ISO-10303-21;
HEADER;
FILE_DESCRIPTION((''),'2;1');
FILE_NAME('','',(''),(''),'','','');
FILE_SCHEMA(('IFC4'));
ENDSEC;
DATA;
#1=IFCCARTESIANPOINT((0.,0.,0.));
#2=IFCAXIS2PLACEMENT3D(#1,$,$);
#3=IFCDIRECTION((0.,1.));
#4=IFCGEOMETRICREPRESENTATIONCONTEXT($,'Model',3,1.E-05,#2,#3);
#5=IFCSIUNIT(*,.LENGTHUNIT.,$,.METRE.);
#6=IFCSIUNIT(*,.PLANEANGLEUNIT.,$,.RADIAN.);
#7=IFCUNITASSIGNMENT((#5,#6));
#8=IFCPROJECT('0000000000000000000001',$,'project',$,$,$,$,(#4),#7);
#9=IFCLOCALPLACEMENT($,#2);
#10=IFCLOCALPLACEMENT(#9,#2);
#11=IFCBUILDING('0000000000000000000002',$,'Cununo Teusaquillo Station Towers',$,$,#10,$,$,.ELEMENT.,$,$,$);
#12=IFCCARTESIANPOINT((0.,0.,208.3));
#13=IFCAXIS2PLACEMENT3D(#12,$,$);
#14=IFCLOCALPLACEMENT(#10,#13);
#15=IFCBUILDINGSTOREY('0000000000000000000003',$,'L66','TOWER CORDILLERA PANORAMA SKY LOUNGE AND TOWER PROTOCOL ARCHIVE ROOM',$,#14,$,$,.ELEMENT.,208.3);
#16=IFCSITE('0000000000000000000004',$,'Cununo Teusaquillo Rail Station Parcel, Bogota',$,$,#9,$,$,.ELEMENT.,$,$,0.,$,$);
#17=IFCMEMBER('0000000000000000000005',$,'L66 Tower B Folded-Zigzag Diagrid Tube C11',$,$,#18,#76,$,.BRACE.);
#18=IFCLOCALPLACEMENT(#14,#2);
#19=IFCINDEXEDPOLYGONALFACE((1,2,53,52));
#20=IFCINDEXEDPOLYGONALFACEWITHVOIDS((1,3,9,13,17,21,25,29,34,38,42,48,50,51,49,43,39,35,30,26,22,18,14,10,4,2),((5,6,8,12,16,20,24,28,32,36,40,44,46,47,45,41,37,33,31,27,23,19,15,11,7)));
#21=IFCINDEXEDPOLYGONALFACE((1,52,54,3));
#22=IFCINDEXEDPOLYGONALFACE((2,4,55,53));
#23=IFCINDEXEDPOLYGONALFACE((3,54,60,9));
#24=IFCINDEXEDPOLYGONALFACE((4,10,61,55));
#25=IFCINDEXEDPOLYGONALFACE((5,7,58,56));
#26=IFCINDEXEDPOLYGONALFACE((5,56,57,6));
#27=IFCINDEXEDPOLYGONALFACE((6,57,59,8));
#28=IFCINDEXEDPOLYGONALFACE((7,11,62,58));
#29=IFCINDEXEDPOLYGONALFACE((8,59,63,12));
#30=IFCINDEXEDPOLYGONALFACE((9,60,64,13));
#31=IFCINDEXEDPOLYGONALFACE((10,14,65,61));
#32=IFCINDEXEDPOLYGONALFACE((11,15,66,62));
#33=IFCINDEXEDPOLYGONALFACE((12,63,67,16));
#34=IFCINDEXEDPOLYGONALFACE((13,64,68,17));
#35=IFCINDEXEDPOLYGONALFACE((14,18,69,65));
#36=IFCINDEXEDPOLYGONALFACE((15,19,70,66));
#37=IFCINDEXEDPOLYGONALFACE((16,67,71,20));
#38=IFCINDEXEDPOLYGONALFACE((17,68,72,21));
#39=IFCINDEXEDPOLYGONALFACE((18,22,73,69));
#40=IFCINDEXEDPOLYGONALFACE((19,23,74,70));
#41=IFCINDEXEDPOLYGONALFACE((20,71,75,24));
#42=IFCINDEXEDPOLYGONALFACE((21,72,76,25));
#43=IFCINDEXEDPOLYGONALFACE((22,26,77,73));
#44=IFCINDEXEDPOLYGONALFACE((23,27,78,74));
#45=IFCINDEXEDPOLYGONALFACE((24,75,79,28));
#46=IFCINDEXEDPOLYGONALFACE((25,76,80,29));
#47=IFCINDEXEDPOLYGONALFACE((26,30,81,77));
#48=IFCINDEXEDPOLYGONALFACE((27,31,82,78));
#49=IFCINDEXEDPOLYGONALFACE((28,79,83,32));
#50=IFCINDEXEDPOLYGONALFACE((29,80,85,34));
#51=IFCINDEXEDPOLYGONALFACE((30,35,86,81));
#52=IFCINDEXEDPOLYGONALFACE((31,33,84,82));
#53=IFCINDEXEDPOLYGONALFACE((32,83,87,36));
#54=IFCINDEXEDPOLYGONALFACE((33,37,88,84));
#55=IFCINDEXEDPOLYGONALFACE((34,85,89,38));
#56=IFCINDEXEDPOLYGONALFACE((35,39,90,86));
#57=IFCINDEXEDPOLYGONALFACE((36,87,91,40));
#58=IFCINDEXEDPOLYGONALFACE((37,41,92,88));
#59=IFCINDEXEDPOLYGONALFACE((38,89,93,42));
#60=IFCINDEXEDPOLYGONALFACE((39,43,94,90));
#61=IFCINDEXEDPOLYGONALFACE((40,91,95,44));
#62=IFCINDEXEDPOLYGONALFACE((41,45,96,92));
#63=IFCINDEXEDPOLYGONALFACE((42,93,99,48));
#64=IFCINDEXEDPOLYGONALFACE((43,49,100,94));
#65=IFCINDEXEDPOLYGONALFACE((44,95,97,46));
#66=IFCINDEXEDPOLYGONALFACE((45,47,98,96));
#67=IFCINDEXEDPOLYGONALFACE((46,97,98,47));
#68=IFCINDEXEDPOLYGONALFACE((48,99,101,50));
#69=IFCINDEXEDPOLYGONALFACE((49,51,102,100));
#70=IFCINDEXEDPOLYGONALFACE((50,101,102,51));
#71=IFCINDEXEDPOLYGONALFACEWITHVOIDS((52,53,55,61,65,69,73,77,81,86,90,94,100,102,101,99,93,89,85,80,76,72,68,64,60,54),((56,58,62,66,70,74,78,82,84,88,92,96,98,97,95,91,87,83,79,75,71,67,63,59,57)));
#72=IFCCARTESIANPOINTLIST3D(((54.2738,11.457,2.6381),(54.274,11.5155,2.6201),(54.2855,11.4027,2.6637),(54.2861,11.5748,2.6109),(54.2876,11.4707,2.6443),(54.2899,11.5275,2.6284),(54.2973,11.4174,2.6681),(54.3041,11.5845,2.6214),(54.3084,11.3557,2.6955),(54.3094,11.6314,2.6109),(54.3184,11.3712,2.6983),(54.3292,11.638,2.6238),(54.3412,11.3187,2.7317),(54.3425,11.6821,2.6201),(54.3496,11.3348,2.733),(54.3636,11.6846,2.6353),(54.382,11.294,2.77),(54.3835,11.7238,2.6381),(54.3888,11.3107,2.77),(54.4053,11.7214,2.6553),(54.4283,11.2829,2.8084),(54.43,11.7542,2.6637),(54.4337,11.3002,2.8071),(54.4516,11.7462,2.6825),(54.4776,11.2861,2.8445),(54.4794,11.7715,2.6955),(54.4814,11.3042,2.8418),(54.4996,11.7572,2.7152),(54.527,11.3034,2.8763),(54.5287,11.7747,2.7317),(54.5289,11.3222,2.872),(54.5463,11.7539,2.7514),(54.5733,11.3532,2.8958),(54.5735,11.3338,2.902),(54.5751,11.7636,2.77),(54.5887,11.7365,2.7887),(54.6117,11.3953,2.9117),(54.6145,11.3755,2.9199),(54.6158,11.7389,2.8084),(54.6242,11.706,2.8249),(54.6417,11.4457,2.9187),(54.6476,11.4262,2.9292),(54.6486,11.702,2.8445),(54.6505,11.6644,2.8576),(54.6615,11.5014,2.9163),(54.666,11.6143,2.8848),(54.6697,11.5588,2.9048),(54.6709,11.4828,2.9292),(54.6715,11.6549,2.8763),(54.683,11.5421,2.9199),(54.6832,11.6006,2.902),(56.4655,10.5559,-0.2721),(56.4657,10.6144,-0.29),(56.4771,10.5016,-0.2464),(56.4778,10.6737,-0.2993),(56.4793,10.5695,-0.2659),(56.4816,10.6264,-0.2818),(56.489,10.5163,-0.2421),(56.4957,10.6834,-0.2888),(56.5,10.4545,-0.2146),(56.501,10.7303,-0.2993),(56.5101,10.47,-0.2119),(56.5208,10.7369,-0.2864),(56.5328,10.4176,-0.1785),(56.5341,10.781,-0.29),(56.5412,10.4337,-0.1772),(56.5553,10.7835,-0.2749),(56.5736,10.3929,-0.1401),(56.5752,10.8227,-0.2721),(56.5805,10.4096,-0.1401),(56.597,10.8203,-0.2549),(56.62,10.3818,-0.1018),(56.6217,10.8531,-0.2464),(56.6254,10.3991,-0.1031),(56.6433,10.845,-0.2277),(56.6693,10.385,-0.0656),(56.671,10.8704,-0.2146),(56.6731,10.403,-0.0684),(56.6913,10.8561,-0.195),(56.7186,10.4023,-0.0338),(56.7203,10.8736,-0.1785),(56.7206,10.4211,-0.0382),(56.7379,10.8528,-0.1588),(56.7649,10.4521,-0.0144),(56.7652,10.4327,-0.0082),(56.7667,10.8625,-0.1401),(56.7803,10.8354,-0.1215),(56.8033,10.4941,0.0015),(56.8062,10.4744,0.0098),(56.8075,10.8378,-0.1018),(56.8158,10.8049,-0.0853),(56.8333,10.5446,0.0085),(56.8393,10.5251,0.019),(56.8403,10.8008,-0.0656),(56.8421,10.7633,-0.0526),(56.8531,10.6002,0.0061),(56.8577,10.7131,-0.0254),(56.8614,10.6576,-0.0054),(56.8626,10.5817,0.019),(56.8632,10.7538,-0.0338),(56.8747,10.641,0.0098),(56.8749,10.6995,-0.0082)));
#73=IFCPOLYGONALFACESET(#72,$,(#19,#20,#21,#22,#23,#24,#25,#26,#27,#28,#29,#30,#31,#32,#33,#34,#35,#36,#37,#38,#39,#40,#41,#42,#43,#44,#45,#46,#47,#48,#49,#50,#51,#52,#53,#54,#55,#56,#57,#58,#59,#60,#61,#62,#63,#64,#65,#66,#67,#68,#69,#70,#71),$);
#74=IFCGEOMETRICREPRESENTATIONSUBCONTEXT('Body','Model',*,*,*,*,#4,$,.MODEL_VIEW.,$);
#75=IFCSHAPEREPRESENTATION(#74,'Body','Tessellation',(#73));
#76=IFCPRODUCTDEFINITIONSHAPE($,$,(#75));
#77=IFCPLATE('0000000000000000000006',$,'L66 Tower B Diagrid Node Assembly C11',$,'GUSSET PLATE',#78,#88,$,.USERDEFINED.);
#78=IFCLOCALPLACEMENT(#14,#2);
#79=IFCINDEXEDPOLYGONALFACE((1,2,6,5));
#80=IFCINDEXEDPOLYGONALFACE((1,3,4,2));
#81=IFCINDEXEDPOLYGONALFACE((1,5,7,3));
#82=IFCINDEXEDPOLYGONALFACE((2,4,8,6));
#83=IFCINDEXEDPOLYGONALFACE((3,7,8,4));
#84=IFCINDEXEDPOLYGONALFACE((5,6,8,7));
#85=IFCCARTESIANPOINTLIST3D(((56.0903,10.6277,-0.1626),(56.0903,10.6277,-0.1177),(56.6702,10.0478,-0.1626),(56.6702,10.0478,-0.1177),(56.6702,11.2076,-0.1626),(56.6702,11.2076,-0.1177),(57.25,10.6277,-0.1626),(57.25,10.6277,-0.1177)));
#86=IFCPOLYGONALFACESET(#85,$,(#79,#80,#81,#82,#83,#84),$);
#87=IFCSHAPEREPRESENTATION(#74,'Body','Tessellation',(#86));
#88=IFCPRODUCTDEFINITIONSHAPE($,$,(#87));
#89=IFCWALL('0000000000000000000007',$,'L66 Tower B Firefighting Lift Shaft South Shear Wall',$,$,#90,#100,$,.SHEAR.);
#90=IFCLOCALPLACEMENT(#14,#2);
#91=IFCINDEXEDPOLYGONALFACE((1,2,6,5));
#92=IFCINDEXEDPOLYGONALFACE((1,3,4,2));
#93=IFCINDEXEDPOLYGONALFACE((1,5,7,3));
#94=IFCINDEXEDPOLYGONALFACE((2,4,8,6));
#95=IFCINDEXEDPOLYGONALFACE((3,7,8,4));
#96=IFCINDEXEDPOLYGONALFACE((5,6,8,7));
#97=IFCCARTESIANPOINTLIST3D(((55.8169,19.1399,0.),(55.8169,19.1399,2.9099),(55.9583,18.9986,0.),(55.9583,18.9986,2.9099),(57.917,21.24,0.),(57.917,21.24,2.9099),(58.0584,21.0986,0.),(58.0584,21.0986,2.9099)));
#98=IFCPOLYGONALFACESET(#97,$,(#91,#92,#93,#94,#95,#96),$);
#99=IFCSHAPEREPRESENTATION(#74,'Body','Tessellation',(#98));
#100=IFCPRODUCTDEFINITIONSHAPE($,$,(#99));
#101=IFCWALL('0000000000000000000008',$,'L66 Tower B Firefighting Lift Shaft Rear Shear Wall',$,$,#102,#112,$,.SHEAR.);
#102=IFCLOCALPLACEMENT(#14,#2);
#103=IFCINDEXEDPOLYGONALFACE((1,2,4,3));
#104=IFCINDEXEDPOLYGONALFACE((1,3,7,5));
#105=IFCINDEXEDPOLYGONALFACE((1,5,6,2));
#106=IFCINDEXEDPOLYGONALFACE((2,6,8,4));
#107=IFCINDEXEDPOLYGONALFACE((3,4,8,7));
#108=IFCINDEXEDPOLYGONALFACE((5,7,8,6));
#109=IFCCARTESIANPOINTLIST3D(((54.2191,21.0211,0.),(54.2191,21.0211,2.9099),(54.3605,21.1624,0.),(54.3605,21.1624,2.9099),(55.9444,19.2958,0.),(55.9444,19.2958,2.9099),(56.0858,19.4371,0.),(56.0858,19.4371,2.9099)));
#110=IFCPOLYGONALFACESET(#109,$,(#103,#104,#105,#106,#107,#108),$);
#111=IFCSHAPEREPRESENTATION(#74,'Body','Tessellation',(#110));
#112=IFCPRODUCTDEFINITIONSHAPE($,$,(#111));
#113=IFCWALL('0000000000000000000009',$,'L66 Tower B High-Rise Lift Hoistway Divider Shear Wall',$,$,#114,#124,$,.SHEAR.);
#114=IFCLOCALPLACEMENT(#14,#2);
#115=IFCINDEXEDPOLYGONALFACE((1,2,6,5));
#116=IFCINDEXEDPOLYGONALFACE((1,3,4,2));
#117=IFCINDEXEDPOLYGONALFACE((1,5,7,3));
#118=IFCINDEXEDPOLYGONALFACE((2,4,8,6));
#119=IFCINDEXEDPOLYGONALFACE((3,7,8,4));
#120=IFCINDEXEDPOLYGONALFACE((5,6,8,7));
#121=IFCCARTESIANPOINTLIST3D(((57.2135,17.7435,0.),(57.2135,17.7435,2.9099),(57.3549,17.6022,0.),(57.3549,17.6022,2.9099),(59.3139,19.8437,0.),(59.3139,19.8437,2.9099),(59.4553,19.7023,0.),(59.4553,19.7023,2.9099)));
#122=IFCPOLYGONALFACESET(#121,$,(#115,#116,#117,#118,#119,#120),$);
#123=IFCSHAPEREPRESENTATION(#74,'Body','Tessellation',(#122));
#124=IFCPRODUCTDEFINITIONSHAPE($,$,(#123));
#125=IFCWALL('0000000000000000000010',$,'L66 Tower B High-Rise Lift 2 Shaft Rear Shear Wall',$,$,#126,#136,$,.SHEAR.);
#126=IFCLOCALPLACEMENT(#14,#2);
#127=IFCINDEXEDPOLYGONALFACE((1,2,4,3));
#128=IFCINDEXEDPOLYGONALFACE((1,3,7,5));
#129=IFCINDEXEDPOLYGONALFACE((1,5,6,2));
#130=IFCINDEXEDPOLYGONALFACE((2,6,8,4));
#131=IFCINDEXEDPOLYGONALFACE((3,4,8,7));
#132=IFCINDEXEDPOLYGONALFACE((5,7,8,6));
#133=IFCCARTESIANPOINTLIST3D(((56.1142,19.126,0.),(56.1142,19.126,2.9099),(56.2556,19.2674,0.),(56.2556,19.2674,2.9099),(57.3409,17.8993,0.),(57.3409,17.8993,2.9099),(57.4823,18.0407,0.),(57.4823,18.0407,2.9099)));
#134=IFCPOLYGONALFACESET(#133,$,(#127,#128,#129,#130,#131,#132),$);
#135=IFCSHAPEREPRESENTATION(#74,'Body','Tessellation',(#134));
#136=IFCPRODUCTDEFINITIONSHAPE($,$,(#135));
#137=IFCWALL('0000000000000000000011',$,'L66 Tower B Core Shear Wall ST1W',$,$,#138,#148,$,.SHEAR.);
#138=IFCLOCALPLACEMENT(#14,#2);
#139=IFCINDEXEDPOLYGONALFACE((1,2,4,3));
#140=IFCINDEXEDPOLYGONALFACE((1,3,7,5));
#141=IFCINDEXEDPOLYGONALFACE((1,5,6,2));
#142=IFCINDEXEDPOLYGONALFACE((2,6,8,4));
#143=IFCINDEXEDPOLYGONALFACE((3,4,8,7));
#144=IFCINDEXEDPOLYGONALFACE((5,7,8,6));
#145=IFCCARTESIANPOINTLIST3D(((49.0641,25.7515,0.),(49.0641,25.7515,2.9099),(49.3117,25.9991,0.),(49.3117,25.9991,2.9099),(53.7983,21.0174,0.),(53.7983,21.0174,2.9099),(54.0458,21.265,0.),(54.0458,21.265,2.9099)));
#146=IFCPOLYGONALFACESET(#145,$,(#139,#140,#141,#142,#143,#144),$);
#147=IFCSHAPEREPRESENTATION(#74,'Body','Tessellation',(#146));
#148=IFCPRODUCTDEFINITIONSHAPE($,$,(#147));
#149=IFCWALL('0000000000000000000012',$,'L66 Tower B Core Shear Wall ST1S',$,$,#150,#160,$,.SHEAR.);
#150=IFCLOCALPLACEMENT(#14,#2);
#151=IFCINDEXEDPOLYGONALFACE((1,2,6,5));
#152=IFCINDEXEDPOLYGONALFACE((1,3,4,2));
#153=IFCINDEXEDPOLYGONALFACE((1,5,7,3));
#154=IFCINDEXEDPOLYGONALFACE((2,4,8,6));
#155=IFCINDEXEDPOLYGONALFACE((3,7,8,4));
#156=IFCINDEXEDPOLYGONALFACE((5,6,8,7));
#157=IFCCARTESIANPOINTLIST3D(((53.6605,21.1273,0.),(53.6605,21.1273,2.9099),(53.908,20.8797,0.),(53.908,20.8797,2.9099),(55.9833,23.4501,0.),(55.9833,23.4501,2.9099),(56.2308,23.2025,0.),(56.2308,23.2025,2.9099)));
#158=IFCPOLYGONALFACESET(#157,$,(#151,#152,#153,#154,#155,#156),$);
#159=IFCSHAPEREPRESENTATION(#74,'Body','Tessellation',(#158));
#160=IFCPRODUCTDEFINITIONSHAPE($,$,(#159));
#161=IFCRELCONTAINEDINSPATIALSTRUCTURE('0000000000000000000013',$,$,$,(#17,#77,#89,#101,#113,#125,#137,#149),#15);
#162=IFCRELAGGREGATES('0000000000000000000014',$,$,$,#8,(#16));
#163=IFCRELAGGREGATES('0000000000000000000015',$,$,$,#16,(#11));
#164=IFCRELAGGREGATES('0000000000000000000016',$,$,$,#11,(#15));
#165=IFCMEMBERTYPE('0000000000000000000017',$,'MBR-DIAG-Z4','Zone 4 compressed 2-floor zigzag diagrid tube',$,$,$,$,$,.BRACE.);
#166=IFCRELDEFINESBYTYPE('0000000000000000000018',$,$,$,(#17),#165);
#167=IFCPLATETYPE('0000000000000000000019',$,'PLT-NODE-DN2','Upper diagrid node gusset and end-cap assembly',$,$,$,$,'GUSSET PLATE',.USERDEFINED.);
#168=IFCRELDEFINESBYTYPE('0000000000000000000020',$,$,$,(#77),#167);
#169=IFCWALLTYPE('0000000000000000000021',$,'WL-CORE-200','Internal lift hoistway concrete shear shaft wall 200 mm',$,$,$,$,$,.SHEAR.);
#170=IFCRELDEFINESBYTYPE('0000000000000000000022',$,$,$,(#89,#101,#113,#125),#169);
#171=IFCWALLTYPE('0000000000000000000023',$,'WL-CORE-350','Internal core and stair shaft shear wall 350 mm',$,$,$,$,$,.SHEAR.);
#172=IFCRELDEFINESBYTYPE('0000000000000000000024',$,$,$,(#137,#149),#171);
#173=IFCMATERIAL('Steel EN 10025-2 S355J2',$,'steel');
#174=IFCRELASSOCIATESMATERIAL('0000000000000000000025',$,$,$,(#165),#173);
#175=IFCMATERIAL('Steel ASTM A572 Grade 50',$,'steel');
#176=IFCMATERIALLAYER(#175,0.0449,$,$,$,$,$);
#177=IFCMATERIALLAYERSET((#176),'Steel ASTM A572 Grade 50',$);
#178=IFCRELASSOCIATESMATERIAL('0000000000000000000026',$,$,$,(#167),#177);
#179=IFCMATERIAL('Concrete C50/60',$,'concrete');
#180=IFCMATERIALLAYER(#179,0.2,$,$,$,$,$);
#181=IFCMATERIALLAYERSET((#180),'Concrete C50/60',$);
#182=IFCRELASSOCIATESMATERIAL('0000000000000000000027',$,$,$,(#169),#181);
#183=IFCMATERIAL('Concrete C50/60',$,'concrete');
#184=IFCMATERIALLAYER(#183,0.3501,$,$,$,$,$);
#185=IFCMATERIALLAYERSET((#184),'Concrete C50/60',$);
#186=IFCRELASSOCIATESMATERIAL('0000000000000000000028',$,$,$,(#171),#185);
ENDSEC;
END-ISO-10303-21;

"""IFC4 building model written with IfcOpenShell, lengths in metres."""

from ifc_helpers import new_model, si_unit, direction, frame, frame_2d, origin, origin_2d, place, context, subcontext, project, spatial, rectangle, hollow_circle, extrude, source, transform, mapped, material, layer, layer_set, material_profile, profile_set, type_object, element, save


model = new_model("IFC4")

# Units and contexts
model_context = context("Model", 3, precision=1e-05, world=origin(), true_north=direction((0.0, 1.0)))
body_context = subcontext(model_context, "Body", "Model", "MODEL_VIEW")
ifc_project = project(units=[si_unit("LENGTHUNIT", "METRE"), si_unit("PLANEANGLEUNIT", "RADIAN")], contexts=[model_context])

# Site, building, storey
site_placement = place(None, origin())
site = spatial("IfcSite", under=ifc_project, at=site_placement, Name="Cununo Teusaquillo Rail Station Parcel, Bogota", CompositionType="ELEMENT", RefElevation=0.0)
building_placement = place(site_placement, origin())
building = spatial("IfcBuilding", under=site, at=building_placement, Name="Cununo Teusaquillo Station Towers", CompositionType="ELEMENT")
storey_placement = place(building_placement, frame((0.0, 0.0, 208.3)))
storey = spatial("IfcBuildingStorey", under=building, at=storey_placement, Name="L66", Description="TOWER CORDILLERA PANORAMA SKY LOUNGE AND TOWER PROTOCOL ARCHIVE ROOM", CompositionType="ELEMENT", Elevation=208.3)

# Member
ifc_material_1 = material(Name="Steel EN 10025-2 S355J2", Category="steel")
ifc_material_profile_1 = material_profile(ifc_material_1, hollow_circle(Radius=0.2539, WallThickness=0.0181, at=origin_2d()), Name="CHS 508x18")
ifc_profile_set_1 = profile_set([ifc_material_profile_1], Name="Steel EN 10025-2 S355J2")
member_type = type_object("IfcMemberType", Name="MBR-DIAG-Z4", Description="Zone 4 compressed 2-floor zigzag diagrid tube", PredefinedType="BRACE", material=ifc_profile_set_1)
member_placement = place(storey_placement, frame((56.6702, 10.6277, -0.1401), z_axis=(-0.583986, 0.240113, 0.775439), x_axis=(-0.380273, -0.924874, 0.0)))
element("IfcMember", 1, at=member_placement, inside=storey, type_object=member_type, Name="L66 Tower B Folded-Zigzag Diagrid Tube C11", PredefinedType="BRACE", context=body_context, shape_type="SweptSolid", body=[
    extrude(hollow_circle(Radius=0.2539, WallThickness=0.0181, at=origin_2d()), origin(), (0.0, 0.0, 1.0), 3.7529),
])

# Plate
ifc_material_2 = material(Name="Steel ASTM A572 Grade 50", Category="steel")
ifc_layer_1 = layer(ifc_material_2, 0.0449)
ifc_layer_set_1 = layer_set([ifc_layer_1], Name="Steel ASTM A572 Grade 50")
plate_type = type_object("IfcPlateType", Name="PLT-NODE-DN2", Description="Upper diagrid node gusset and end-cap assembly", ElementType="GUSSET PLATE", PredefinedType="USERDEFINED", material=ifc_layer_set_1)
shared_shape_1 = source(origin(), body_context, "Body", "SweptSolid", [
    extrude(rectangle(XDim=0.8201, YDim=0.8201, at=origin_2d()), origin(), (0.0, 0.0, 1.0), 0.0449),
])
plate_placement = place(storey_placement, frame((56.6702, 10.6277, -0.1626), z_axis=(0.0, 0.0, 1.0), x_axis=(0.707107, 0.707107, 0.0)))
element("IfcPlate", 2, at=plate_placement, inside=storey, type_object=plate_type, Name="L66 Tower B Diagrid Node Assembly C11", ObjectType="GUSSET PLATE", PredefinedType="USERDEFINED", context=body_context, shape_type="MappedRepresentation", body=[
    mapped(shared_shape_1, transform((0.0, 0.0, 0.0), x_axis=(1.0, 0.0, 0.0), y_axis=(0.0, 1.0, 0.0), z_axis=(0.0, 0.0, 1.0), scale=1.0)),
])

# Walls
ifc_material_3 = material(Name="Concrete C50/60", Category="concrete")
ifc_layer_2 = layer(ifc_material_3, 0.2)
ifc_layer_set_2 = layer_set([ifc_layer_2], Name="Concrete C50/60")
wall_type_1 = type_object("IfcWallType", Name="WL-CORE-200", Description="Internal lift hoistway concrete shear shaft wall 200 mm", PredefinedType="SHEAR", material=ifc_layer_set_2)
wall_1_placement = place(storey_placement, frame((55.8877, 19.0693, 0.0), z_axis=(0.0, 0.0, 1.0), x_axis=(0.707107, 0.707107, 0.0)))
element("IfcWall", 3, at=wall_1_placement, inside=storey, type_object=wall_type_1, Name="L66 Tower B Firefighting Lift Shaft South Shear Wall", PredefinedType="SHEAR", context=body_context, shape_type="SweptSolid", body=[
    extrude(rectangle(XDim=2.97, YDim=0.2, at=frame_2d((1.4849, 0.0))), origin(), (0.0, 0.0, 1.0), 2.9099),
])
wall_2_placement = place(storey_placement, frame((56.0151, 19.3665, 0.0), z_axis=(0.0, 0.0, 1.0), x_axis=(-0.707107, 0.707107, 0.0)))
element("IfcWall", 4, at=wall_2_placement, inside=storey, type_object=wall_type_1, Name="L66 Tower B Firefighting Lift Shaft Rear Shear Wall", PredefinedType="SHEAR", context=body_context, shape_type="SweptSolid", body=[
    extrude(rectangle(XDim=2.4399, YDim=0.2, at=frame_2d((1.22, 0.0))), origin(), (0.0, 0.0, 1.0), 2.9099),
])
wall_3_placement = place(storey_placement, frame((57.2842, 17.6729, 0.0), z_axis=(0.0, 0.0, 1.0), x_axis=(0.707148, 0.707066, 0.0)))
element("IfcWall", 5, at=wall_3_placement, inside=storey, type_object=wall_type_1, Name="L66 Tower B High-Rise Lift Hoistway Divider Shear Wall", PredefinedType="SHEAR", context=body_context, shape_type="SweptSolid", body=[
    extrude(rectangle(XDim=2.9702, YDim=0.2, at=frame_2d((1.4851, 0.0))), origin(), (0.0, 0.0, 1.0), 2.9099),
])
wall_4_placement = place(storey_placement, frame((57.4116, 17.97, 0.0), z_axis=(0.0, 0.0, 1.0), x_axis=(-0.707107, 0.707107, 0.0)))
element("IfcWall", 6, at=wall_4_placement, inside=storey, type_object=wall_type_1, Name="L66 Tower B High-Rise Lift 2 Shaft Rear Shear Wall", PredefinedType="SHEAR", context=body_context, shape_type="SweptSolid", body=[
    extrude(rectangle(XDim=1.7349, YDim=0.2, at=frame_2d((0.8674, 0.0))), origin(), (0.0, 0.0, 1.0), 2.9099),
])
ifc_material_4 = material(Name="Concrete C50/60", Category="concrete")
ifc_layer_3 = layer(ifc_material_4, 0.3501)
ifc_layer_set_3 = layer_set([ifc_layer_3], Name="Concrete C50/60")
wall_type_2 = type_object("IfcWallType", Name="WL-CORE-350", Description="Internal core and stair shaft shear wall 350 mm", PredefinedType="SHEAR", material=ifc_layer_set_3)
wall_5_placement = place(storey_placement, frame((53.9221, 21.1411, 0.0), z_axis=(0.0, 0.0, 1.0), x_axis=(-0.707107, 0.707107, 0.0)))
element("IfcWall", 7, at=wall_5_placement, inside=storey, type_object=wall_type_2, Name="L66 Tower B Core Shear Wall ST1W", PredefinedType="SHEAR", context=body_context, shape_type="SweptSolid", body=[
    extrude(rectangle(XDim=6.6951, YDim=0.3501, at=frame_2d((3.3477, 0.0))), origin(), (0.0, 0.0, 1.0), 2.9099),
])
wall_6_placement = place(storey_placement, frame((53.7842, 21.0034, 0.0), z_axis=(0.0, 0.0, 1.0), x_axis=(0.707107, 0.707107, 0.0)))
element("IfcWall", 8, at=wall_6_placement, inside=storey, type_object=wall_type_2, Name="L66 Tower B Core Shear Wall ST1S", PredefinedType="SHEAR", context=body_context, shape_type="SweptSolid", body=[
    extrude(rectangle(XDim=3.2849, YDim=0.3501, at=frame_2d((1.6426, 0.0))), origin(), (0.0, 0.0, 1.0), 2.9099),
])

save(model, "model.ifc")
